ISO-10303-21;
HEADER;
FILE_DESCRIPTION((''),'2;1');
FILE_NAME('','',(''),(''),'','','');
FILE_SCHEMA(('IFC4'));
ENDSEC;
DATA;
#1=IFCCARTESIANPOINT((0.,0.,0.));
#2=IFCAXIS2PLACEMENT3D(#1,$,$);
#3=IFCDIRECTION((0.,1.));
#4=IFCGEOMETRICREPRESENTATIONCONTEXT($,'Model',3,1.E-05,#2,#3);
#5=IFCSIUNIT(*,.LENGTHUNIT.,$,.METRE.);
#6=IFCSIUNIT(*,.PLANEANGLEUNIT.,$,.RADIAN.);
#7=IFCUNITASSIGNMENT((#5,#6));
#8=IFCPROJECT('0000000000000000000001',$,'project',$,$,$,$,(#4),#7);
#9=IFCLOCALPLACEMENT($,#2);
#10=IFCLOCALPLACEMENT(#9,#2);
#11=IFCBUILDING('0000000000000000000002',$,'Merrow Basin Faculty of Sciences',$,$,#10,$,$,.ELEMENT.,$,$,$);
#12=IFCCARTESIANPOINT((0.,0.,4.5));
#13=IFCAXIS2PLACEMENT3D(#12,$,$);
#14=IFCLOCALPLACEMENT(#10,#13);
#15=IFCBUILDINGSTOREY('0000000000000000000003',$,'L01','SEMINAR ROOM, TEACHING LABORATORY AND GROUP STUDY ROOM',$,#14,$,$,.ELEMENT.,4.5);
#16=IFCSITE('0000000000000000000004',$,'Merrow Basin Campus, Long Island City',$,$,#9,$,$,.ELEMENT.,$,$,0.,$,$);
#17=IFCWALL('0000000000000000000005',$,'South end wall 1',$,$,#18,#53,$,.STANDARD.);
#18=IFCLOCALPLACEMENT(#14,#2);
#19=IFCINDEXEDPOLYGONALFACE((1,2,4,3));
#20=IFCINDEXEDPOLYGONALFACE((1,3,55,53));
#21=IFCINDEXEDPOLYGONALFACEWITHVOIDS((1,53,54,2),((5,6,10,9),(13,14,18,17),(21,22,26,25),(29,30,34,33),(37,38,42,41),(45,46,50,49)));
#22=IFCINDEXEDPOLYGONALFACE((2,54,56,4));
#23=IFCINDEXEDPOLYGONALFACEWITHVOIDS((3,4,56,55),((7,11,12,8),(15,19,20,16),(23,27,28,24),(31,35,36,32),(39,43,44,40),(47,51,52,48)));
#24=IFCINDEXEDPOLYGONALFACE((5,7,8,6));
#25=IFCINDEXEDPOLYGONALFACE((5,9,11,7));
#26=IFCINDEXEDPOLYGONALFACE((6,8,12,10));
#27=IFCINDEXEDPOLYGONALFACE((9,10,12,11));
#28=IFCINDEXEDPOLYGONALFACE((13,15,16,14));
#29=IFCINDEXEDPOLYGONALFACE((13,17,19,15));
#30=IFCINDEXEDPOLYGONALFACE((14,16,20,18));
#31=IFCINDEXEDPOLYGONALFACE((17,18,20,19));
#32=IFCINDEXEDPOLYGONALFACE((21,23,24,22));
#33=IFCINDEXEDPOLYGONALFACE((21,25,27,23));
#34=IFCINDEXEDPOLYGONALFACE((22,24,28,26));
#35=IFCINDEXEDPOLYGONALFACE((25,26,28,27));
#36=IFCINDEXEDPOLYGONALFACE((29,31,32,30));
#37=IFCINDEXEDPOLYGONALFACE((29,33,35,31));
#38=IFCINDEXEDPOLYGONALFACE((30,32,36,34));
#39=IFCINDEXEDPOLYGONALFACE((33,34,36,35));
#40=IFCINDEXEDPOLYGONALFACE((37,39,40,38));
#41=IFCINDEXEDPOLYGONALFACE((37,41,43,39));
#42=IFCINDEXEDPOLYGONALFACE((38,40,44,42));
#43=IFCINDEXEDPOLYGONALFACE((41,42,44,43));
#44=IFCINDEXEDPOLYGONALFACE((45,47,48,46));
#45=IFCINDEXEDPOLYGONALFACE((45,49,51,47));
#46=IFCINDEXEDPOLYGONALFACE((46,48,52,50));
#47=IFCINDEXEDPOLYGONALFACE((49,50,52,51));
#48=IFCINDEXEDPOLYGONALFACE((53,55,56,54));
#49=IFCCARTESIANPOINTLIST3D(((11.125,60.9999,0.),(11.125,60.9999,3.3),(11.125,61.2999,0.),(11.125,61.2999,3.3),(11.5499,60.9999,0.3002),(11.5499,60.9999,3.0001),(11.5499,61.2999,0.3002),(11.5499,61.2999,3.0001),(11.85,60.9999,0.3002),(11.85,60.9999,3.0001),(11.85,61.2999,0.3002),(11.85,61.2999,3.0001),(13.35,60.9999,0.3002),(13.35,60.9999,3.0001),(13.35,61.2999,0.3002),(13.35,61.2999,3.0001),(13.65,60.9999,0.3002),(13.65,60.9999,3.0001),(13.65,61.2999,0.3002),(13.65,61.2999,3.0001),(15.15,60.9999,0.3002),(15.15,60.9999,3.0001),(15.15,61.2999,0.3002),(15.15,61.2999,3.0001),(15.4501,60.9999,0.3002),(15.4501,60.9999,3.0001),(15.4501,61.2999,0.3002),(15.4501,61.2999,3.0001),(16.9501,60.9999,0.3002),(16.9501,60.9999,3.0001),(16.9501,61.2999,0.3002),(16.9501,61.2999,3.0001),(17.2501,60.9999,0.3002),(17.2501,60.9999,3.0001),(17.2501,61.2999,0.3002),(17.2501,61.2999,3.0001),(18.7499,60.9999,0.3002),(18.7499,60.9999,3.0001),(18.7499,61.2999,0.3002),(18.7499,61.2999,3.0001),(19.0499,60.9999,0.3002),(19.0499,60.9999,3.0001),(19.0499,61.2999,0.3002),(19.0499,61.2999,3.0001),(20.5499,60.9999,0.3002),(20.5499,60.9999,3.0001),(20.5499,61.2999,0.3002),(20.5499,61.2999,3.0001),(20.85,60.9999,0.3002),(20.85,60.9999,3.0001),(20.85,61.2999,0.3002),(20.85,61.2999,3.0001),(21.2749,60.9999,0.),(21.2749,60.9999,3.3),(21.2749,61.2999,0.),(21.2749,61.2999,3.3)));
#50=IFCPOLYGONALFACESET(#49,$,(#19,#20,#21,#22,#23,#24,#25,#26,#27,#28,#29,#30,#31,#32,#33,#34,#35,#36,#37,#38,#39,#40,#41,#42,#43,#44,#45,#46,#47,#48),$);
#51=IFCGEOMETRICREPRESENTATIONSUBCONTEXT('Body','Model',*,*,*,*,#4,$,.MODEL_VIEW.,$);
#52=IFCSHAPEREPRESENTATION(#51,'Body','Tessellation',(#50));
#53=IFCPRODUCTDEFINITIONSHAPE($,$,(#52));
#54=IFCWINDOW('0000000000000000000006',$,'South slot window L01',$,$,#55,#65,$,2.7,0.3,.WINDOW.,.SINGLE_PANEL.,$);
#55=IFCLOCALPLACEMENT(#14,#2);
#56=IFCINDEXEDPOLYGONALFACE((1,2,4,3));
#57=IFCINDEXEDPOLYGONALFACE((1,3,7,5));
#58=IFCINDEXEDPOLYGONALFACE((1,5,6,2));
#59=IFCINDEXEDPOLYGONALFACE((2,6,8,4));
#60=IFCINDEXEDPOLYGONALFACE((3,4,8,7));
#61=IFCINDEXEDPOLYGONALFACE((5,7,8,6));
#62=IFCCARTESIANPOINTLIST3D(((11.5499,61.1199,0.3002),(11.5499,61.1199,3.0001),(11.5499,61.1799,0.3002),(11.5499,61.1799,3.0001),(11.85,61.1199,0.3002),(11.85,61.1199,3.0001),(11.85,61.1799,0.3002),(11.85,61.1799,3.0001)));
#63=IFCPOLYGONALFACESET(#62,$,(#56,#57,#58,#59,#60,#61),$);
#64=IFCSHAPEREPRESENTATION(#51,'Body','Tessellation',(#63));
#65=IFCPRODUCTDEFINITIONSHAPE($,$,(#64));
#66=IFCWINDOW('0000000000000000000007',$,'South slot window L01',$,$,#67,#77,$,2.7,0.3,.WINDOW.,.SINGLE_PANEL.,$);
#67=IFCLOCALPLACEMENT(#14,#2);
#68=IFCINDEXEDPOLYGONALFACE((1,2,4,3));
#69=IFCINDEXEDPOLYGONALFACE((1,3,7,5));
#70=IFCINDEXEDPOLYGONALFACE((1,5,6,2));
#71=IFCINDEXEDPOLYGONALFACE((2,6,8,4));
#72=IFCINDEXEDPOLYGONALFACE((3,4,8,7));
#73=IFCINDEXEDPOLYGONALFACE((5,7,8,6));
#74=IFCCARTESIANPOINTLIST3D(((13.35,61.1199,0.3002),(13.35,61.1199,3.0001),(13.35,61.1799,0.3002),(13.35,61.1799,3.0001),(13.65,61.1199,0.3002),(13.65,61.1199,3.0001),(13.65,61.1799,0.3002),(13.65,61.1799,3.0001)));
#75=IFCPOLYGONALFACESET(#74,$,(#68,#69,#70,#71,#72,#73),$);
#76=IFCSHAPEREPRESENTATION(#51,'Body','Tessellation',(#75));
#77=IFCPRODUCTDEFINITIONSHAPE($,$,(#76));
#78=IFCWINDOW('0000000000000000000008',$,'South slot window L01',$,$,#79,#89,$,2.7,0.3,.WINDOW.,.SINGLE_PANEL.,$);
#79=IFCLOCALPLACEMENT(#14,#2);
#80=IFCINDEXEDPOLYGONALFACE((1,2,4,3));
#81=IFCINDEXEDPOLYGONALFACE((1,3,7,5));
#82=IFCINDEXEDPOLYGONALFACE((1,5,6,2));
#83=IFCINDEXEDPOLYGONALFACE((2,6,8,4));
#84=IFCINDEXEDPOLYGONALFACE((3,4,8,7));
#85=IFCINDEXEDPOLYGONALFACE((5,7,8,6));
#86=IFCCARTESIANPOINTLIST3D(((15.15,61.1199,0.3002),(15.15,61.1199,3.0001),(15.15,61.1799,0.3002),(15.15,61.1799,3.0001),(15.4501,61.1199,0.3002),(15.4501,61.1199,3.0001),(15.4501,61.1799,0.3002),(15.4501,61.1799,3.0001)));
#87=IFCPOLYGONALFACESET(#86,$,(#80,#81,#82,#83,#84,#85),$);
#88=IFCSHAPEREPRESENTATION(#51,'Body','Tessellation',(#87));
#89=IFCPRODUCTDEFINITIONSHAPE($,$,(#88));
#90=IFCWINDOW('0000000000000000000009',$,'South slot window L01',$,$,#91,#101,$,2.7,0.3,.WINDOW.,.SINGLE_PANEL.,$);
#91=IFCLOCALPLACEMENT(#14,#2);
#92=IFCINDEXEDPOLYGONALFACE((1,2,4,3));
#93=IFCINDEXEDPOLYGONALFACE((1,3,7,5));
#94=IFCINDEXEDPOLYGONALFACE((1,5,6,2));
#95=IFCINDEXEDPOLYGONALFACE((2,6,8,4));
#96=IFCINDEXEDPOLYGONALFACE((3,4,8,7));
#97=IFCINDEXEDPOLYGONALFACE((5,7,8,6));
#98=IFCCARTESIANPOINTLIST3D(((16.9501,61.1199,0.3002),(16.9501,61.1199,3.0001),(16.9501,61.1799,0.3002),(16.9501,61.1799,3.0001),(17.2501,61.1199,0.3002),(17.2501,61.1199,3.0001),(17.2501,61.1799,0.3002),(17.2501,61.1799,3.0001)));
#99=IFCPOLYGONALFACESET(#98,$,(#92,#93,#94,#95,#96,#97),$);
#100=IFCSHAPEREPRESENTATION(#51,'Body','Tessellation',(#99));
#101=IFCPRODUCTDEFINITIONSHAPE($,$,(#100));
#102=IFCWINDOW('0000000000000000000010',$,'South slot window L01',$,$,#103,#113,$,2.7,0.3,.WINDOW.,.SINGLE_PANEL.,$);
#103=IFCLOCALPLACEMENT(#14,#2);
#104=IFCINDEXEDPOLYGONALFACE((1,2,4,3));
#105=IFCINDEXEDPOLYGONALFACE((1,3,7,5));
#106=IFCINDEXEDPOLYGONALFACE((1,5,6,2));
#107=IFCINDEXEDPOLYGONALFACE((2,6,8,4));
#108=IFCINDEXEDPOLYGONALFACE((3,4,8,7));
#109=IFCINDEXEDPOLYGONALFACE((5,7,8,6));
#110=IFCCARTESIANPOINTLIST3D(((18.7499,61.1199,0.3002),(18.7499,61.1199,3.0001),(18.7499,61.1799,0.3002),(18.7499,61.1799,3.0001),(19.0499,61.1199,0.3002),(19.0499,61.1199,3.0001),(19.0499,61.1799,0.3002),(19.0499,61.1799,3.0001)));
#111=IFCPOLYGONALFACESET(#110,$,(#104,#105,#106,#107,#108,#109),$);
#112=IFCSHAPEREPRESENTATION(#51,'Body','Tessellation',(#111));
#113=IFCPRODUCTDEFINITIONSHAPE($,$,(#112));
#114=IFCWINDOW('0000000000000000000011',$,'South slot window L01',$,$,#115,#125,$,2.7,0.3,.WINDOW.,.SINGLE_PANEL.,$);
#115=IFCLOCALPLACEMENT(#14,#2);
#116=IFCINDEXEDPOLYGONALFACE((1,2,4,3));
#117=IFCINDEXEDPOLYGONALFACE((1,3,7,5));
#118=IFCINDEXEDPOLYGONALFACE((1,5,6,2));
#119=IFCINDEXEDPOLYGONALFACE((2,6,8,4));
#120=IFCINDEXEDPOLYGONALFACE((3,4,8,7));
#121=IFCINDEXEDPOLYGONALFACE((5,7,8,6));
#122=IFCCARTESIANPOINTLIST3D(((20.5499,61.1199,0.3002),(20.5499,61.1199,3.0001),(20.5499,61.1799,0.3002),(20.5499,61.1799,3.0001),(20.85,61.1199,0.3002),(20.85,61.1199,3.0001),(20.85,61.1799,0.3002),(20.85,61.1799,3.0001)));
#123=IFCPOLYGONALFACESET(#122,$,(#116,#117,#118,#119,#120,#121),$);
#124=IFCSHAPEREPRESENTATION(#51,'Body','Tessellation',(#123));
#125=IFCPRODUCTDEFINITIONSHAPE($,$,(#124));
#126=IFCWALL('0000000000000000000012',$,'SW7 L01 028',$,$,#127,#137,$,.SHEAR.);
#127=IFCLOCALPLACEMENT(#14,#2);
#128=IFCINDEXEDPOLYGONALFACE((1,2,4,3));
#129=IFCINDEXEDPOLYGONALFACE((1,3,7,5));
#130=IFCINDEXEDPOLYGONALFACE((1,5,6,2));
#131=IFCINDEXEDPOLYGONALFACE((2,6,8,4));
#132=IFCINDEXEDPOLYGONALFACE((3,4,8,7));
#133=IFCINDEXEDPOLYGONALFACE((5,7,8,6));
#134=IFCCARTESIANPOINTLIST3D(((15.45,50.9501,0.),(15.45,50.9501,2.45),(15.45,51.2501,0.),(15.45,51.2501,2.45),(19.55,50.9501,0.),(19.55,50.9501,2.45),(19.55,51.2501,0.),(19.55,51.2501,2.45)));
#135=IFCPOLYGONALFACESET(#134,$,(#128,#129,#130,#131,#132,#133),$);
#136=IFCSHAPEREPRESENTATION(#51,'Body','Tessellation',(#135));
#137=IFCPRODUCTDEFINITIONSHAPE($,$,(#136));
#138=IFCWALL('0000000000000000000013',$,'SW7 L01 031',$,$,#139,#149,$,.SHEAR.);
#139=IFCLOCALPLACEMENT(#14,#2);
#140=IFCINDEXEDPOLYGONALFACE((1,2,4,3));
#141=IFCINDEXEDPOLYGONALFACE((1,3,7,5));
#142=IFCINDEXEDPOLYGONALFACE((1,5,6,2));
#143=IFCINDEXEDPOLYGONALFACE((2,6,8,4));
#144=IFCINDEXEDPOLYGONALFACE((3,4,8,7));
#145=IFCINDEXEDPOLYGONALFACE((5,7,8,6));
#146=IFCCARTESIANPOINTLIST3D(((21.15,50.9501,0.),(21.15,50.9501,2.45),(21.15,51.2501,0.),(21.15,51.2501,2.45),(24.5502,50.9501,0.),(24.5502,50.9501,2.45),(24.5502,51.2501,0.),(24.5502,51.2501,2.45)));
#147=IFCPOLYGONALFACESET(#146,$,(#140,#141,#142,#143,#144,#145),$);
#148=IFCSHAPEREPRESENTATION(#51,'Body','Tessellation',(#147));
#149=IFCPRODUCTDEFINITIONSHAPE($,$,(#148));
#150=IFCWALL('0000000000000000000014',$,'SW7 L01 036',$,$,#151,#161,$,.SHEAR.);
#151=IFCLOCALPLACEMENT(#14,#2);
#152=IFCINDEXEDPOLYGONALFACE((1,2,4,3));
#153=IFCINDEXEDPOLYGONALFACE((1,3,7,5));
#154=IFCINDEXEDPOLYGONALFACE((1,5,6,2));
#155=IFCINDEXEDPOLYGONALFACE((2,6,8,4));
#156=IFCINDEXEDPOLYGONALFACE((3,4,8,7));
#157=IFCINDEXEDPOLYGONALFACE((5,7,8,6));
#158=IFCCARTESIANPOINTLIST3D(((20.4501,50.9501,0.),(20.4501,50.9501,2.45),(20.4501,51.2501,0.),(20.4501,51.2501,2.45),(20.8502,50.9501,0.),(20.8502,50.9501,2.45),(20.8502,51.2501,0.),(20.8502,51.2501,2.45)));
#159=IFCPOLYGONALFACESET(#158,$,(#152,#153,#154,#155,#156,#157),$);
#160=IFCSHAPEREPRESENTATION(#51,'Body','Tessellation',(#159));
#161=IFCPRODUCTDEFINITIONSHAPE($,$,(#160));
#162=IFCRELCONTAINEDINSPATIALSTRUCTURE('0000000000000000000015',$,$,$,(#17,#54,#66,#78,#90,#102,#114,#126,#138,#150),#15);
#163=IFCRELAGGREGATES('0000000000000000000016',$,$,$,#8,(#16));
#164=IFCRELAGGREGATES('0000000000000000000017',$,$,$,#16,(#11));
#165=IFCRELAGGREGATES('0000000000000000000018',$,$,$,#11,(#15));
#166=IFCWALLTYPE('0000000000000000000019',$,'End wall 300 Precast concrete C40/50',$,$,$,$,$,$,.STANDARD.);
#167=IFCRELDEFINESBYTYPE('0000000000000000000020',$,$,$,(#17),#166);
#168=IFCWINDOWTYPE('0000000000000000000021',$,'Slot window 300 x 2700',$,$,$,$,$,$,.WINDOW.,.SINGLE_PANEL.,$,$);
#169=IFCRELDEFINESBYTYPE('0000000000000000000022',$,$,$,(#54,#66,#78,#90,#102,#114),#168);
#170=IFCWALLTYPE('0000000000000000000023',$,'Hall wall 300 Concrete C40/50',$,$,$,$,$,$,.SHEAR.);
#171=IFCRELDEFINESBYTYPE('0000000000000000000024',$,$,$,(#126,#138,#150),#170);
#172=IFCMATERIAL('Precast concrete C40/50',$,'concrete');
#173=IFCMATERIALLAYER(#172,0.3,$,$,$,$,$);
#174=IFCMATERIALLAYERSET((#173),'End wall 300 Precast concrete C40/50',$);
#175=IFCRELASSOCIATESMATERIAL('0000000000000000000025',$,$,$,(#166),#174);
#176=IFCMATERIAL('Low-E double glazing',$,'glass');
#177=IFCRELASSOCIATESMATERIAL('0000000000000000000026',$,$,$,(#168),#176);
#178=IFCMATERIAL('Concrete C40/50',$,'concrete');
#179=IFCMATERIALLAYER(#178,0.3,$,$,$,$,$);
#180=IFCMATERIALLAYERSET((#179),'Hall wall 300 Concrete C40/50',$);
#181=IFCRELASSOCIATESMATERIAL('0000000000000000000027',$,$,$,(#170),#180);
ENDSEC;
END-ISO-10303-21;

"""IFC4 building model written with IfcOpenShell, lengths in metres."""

from ifc_helpers import new_model, si_unit, direction, frame, frame_2d, origin, place, context, subcontext, project, spatial, rectangle, extrude, material, layer, layer_set, type_object, element, fill, save


model = new_model("IFC4")

# Units and contexts
model_context = context("Model", 3, precision=1e-05, world=origin(), true_north=direction((0.0, 1.0)))
body_context = subcontext(model_context, "Body", "Model", "MODEL_VIEW")
ifc_project = project(units=[si_unit("LENGTHUNIT", "METRE"), si_unit("PLANEANGLEUNIT", "RADIAN")], contexts=[model_context])

# Site, building, storey
site_placement = place(None, origin())
site = spatial("IfcSite", under=ifc_project, at=site_placement, Name="Merrow Basin Campus, Long Island City", CompositionType="ELEMENT", RefElevation=0.0)
building_placement = place(site_placement, origin())
building = spatial("IfcBuilding", under=site, at=building_placement, Name="Merrow Basin Faculty of Sciences", CompositionType="ELEMENT")
storey_placement = place(building_placement, frame((0.0, 0.0, 4.5)))
storey = spatial("IfcBuildingStorey", under=building, at=storey_placement, Name="L01", Description="SEMINAR ROOM, TEACHING LABORATORY AND GROUP STUDY ROOM", CompositionType="ELEMENT", Elevation=4.5)

# Wall, openings, windows
ifc_material_1 = material(Name="Precast concrete C40/50", Category="concrete")
ifc_layer_1 = layer(ifc_material_1, 0.3)
ifc_layer_set_1 = layer_set([ifc_layer_1], Name="End wall 300 Precast concrete C40/50")
wall_type_1 = type_object("IfcWallType", Name="End wall 300 Precast concrete C40/50", PredefinedType="STANDARD", material=ifc_layer_set_1)
wall_1_placement = place(storey_placement, frame((21.2749, 61.1499, 0.0), z_axis=(0.0, 0.0, 1.0), x_axis=(-1.0, 0.0, 0.0)))
wall_1 = element("IfcWall", 1, at=wall_1_placement, inside=storey, type_object=wall_type_1, Name="South end wall 1", PredefinedType="STANDARD", context=body_context, shape_type="SweptSolid", body=[
    extrude(rectangle(XDim=10.1499, YDim=0.3, at=frame_2d((5.075, 0.0))), origin(), (0.0, 0.0, 1.0), 3.3),
])
opening_1_placement = place(wall_1_placement, frame((9.425, 0.0, 0.3)))
opening_1 = element("IfcOpeningElement", 2, at=opening_1_placement, cuts=wall_1, PredefinedType="OPENING", context=body_context, shape_type="SweptSolid", body=[
    extrude(rectangle(XDim=0.3, YDim=2.7, at=frame_2d((0.1499, 1.3501))), frame((0.0, 0.1599, 0.0), z_axis=(0.0, -1.0, 0.0), x_axis=(1.0, 0.0, 0.0)), (0.0, 0.0, 1.0), 0.3201),
])
opening_2_placement = place(wall_1_placement, frame((7.625, 0.0, 0.3)))
opening_2 = element("IfcOpeningElement", 3, at=opening_2_placement, cuts=wall_1, PredefinedType="OPENING", context=body_context, shape_type="SweptSolid", body=[
    extrude(rectangle(XDim=0.3, YDim=2.7, at=frame_2d((0.1499, 1.3501))), frame((0.0, 0.1599, 0.0), z_axis=(0.0, -1.0, 0.0), x_axis=(1.0, 0.0, 0.0)), (0.0, 0.0, 1.0), 0.3201),
])
opening_3_placement = place(wall_1_placement, frame((5.825, 0.0, 0.3)))
opening_3 = element("IfcOpeningElement", 4, at=opening_3_placement, cuts=wall_1, PredefinedType="OPENING", context=body_context, shape_type="SweptSolid", body=[
    extrude(rectangle(XDim=0.3, YDim=2.7, at=frame_2d((0.1499, 1.3501))), frame((0.0, 0.1599, 0.0), z_axis=(0.0, -1.0, 0.0), x_axis=(1.0, 0.0, 0.0)), (0.0, 0.0, 1.0), 0.3201),
])
opening_4_placement = place(wall_1_placement, frame((4.0249, 0.0, 0.3)))
opening_4 = element("IfcOpeningElement", 5, at=opening_4_placement, cuts=wall_1, PredefinedType="OPENING", context=body_context, shape_type="SweptSolid", body=[
    extrude(rectangle(XDim=0.3, YDim=2.7, at=frame_2d((0.1499, 1.3501))), frame((0.0, 0.1599, 0.0), z_axis=(0.0, -1.0, 0.0), x_axis=(1.0, 0.0, 0.0)), (0.0, 0.0, 1.0), 0.3201),
])
opening_5_placement = place(wall_1_placement, frame((2.2251, 0.0, 0.3)))
opening_5 = element("IfcOpeningElement", 6, at=opening_5_placement, cuts=wall_1, PredefinedType="OPENING", context=body_context, shape_type="SweptSolid", body=[
    extrude(rectangle(XDim=0.3, YDim=2.7, at=frame_2d((0.1499, 1.3501))), frame((0.0, 0.1599, 0.0), z_axis=(0.0, -1.0, 0.0), x_axis=(1.0, 0.0, 0.0)), (0.0, 0.0, 1.0), 0.3201),
])
opening_6_placement = place(wall_1_placement, frame((0.425, 0.0, 0.3)))
opening_6 = element("IfcOpeningElement", 7, at=opening_6_placement, cuts=wall_1, PredefinedType="OPENING", context=body_context, shape_type="SweptSolid", body=[
    extrude(rectangle(XDim=0.3, YDim=2.7, at=frame_2d((0.1499, 1.3501))), frame((0.0, 0.1599, 0.0), z_axis=(0.0, -1.0, 0.0), x_axis=(1.0, 0.0, 0.0)), (0.0, 0.0, 1.0), 0.3201),
])
ifc_material_2 = material(Name="Low-E double glazing", Category="glass")
window_type = type_object("IfcWindowType", Name="Slot window 300 x 2700", PartitioningType="SINGLE_PANEL", PredefinedType="WINDOW", material=ifc_material_2)
window_1_placement = place(opening_1_placement, origin())
window_1 = element("IfcWindow", 8, at=window_1_placement, inside=storey, type_object=window_type, Name="South slot window L01", OverallHeight=2.7, OverallWidth=0.3, PartitioningType="SINGLE_PANEL", PredefinedType="WINDOW", context=body_context, shape_type="SweptSolid", body=[
    extrude(rectangle(XDim=0.3, YDim=2.7, at=frame_2d((0.1499, 1.3501))), frame((0.0, 0.03, 0.0), z_axis=(0.0, -1.0, 0.0), x_axis=(1.0, 0.0, 0.0)), (0.0, 0.0, 1.0), 0.0601),
])
fill(opening_1, window_1)
window_2_placement = place(opening_2_placement, origin())
window_2 = element("IfcWindow", 9, at=window_2_placement, inside=storey, type_object=window_type, Name="South slot window L01", OverallHeight=2.7, OverallWidth=0.3, PartitioningType="SINGLE_PANEL", PredefinedType="WINDOW", context=body_context, shape_type="SweptSolid", body=[
    extrude(rectangle(XDim=0.3, YDim=2.7, at=frame_2d((0.1499, 1.3501))), frame((0.0, 0.03, 0.0), z_axis=(0.0, -1.0, 0.0), x_axis=(1.0, 0.0, 0.0)), (0.0, 0.0, 1.0), 0.0601),
])
fill(opening_2, window_2)
window_3_placement = place(opening_3_placement, origin())
window_3 = element("IfcWindow", 10, at=window_3_placement, inside=storey, type_object=window_type, Name="South slot window L01", OverallHeight=2.7, OverallWidth=0.3, PartitioningType="SINGLE_PANEL", PredefinedType="WINDOW", context=body_context, shape_type="SweptSolid", body=[
    extrude(rectangle(XDim=0.3, YDim=2.7, at=frame_2d((0.1499, 1.3501))), frame((0.0, 0.03, 0.0), z_axis=(0.0, -1.0, 0.0), x_axis=(1.0, 0.0, 0.0)), (0.0, 0.0, 1.0), 0.0601),
])
fill(opening_3, window_3)
window_4_placement = place(opening_4_placement, origin())
window_4 = element("IfcWindow", 11, at=window_4_placement, inside=storey, type_object=window_type, Name="South slot window L01", OverallHeight=2.7, OverallWidth=0.3, PartitioningType="SINGLE_PANEL", PredefinedType="WINDOW", context=body_context, shape_type="SweptSolid", body=[
    extrude(rectangle(XDim=0.3, YDim=2.7, at=frame_2d((0.1499, 1.3501))), frame((0.0, 0.03, 0.0), z_axis=(0.0, -1.0, 0.0), x_axis=(1.0, 0.0, 0.0)), (0.0, 0.0, 1.0), 0.0601),
])
fill(opening_4, window_4)
window_5_placement = place(opening_5_placement, origin())
window_5 = element("IfcWindow", 12, at=window_5_placement, inside=storey, type_object=window_type, Name="South slot window L01", OverallHeight=2.7, OverallWidth=0.3, PartitioningType="SINGLE_PANEL", PredefinedType="WINDOW", context=body_context, shape_type="SweptSolid", body=[
    extrude(rectangle(XDim=0.3, YDim=2.7, at=frame_2d((0.1499, 1.3501))), frame((0.0, 0.03, 0.0), z_axis=(0.0, -1.0, 0.0), x_axis=(1.0, 0.0, 0.0)), (0.0, 0.0, 1.0), 0.0601),
])
fill(opening_5, window_5)
window_6_placement = place(opening_6_placement, origin())
window_6 = element("IfcWindow", 13, at=window_6_placement, inside=storey, type_object=window_type, Name="South slot window L01", OverallHeight=2.7, OverallWidth=0.3, PartitioningType="SINGLE_PANEL", PredefinedType="WINDOW", context=body_context, shape_type="SweptSolid", body=[
    extrude(rectangle(XDim=0.3, YDim=2.7, at=frame_2d((0.1499, 1.3501))), frame((0.0, 0.03, 0.0), z_axis=(0.0, -1.0, 0.0), x_axis=(1.0, 0.0, 0.0)), (0.0, 0.0, 1.0), 0.0601),
])
fill(opening_6, window_6)

# Walls
ifc_material_3 = material(Name="Concrete C40/50", Category="concrete")
ifc_layer_2 = layer(ifc_material_3, 0.3)
ifc_layer_set_2 = layer_set([ifc_layer_2], Name="Hall wall 300 Concrete C40/50")
wall_type_2 = type_object("IfcWallType", Name="Hall wall 300 Concrete C40/50", PredefinedType="SHEAR", material=ifc_layer_set_2)
wall_2_placement = place(storey_placement, frame((15.45, 51.1001, 0.0), z_axis=(0.0, 0.0, 1.0), x_axis=(1.0, 0.0, 0.0)))
element("IfcWall", 14, at=wall_2_placement, inside=storey, type_object=wall_type_2, Name="SW7 L01 028", PredefinedType="SHEAR", context=body_context, shape_type="SweptSolid", body=[
    extrude(rectangle(XDim=4.1001, YDim=0.3, at=frame_2d((2.05, 0.0))), origin(), (0.0, 0.0, 1.0), 2.45),
])
wall_3_placement = place(storey_placement, frame((21.1499, 51.1001, 0.0), z_axis=(0.0, 0.0, 1.0), x_axis=(1.0, 0.0, 0.0)))
element("IfcWall", 15, at=wall_3_placement, inside=storey, type_object=wall_type_2, Name="SW7 L01 031", PredefinedType="SHEAR", context=body_context, shape_type="SweptSolid", body=[
    extrude(rectangle(XDim=3.4001, YDim=0.3, at=frame_2d((1.7002, 0.0))), origin(), (0.0, 0.0, 1.0), 2.45),
])
wall_4_placement = place(storey_placement, frame((20.45, 51.1001, 0.0), z_axis=(0.0, 0.0, 1.0), x_axis=(1.0, 0.0, 0.0)))
element("IfcWall", 16, at=wall_4_placement, inside=storey, type_object=wall_type_2, Name="SW7 L01 036", PredefinedType="SHEAR", context=body_context, shape_type="SweptSolid", body=[
    extrude(rectangle(XDim=0.4001, YDim=0.3, at=frame_2d((0.2002, 0.0))), origin(), (0.0, 0.0, 1.0), 2.45),
])

save(model, "model.ifc")
